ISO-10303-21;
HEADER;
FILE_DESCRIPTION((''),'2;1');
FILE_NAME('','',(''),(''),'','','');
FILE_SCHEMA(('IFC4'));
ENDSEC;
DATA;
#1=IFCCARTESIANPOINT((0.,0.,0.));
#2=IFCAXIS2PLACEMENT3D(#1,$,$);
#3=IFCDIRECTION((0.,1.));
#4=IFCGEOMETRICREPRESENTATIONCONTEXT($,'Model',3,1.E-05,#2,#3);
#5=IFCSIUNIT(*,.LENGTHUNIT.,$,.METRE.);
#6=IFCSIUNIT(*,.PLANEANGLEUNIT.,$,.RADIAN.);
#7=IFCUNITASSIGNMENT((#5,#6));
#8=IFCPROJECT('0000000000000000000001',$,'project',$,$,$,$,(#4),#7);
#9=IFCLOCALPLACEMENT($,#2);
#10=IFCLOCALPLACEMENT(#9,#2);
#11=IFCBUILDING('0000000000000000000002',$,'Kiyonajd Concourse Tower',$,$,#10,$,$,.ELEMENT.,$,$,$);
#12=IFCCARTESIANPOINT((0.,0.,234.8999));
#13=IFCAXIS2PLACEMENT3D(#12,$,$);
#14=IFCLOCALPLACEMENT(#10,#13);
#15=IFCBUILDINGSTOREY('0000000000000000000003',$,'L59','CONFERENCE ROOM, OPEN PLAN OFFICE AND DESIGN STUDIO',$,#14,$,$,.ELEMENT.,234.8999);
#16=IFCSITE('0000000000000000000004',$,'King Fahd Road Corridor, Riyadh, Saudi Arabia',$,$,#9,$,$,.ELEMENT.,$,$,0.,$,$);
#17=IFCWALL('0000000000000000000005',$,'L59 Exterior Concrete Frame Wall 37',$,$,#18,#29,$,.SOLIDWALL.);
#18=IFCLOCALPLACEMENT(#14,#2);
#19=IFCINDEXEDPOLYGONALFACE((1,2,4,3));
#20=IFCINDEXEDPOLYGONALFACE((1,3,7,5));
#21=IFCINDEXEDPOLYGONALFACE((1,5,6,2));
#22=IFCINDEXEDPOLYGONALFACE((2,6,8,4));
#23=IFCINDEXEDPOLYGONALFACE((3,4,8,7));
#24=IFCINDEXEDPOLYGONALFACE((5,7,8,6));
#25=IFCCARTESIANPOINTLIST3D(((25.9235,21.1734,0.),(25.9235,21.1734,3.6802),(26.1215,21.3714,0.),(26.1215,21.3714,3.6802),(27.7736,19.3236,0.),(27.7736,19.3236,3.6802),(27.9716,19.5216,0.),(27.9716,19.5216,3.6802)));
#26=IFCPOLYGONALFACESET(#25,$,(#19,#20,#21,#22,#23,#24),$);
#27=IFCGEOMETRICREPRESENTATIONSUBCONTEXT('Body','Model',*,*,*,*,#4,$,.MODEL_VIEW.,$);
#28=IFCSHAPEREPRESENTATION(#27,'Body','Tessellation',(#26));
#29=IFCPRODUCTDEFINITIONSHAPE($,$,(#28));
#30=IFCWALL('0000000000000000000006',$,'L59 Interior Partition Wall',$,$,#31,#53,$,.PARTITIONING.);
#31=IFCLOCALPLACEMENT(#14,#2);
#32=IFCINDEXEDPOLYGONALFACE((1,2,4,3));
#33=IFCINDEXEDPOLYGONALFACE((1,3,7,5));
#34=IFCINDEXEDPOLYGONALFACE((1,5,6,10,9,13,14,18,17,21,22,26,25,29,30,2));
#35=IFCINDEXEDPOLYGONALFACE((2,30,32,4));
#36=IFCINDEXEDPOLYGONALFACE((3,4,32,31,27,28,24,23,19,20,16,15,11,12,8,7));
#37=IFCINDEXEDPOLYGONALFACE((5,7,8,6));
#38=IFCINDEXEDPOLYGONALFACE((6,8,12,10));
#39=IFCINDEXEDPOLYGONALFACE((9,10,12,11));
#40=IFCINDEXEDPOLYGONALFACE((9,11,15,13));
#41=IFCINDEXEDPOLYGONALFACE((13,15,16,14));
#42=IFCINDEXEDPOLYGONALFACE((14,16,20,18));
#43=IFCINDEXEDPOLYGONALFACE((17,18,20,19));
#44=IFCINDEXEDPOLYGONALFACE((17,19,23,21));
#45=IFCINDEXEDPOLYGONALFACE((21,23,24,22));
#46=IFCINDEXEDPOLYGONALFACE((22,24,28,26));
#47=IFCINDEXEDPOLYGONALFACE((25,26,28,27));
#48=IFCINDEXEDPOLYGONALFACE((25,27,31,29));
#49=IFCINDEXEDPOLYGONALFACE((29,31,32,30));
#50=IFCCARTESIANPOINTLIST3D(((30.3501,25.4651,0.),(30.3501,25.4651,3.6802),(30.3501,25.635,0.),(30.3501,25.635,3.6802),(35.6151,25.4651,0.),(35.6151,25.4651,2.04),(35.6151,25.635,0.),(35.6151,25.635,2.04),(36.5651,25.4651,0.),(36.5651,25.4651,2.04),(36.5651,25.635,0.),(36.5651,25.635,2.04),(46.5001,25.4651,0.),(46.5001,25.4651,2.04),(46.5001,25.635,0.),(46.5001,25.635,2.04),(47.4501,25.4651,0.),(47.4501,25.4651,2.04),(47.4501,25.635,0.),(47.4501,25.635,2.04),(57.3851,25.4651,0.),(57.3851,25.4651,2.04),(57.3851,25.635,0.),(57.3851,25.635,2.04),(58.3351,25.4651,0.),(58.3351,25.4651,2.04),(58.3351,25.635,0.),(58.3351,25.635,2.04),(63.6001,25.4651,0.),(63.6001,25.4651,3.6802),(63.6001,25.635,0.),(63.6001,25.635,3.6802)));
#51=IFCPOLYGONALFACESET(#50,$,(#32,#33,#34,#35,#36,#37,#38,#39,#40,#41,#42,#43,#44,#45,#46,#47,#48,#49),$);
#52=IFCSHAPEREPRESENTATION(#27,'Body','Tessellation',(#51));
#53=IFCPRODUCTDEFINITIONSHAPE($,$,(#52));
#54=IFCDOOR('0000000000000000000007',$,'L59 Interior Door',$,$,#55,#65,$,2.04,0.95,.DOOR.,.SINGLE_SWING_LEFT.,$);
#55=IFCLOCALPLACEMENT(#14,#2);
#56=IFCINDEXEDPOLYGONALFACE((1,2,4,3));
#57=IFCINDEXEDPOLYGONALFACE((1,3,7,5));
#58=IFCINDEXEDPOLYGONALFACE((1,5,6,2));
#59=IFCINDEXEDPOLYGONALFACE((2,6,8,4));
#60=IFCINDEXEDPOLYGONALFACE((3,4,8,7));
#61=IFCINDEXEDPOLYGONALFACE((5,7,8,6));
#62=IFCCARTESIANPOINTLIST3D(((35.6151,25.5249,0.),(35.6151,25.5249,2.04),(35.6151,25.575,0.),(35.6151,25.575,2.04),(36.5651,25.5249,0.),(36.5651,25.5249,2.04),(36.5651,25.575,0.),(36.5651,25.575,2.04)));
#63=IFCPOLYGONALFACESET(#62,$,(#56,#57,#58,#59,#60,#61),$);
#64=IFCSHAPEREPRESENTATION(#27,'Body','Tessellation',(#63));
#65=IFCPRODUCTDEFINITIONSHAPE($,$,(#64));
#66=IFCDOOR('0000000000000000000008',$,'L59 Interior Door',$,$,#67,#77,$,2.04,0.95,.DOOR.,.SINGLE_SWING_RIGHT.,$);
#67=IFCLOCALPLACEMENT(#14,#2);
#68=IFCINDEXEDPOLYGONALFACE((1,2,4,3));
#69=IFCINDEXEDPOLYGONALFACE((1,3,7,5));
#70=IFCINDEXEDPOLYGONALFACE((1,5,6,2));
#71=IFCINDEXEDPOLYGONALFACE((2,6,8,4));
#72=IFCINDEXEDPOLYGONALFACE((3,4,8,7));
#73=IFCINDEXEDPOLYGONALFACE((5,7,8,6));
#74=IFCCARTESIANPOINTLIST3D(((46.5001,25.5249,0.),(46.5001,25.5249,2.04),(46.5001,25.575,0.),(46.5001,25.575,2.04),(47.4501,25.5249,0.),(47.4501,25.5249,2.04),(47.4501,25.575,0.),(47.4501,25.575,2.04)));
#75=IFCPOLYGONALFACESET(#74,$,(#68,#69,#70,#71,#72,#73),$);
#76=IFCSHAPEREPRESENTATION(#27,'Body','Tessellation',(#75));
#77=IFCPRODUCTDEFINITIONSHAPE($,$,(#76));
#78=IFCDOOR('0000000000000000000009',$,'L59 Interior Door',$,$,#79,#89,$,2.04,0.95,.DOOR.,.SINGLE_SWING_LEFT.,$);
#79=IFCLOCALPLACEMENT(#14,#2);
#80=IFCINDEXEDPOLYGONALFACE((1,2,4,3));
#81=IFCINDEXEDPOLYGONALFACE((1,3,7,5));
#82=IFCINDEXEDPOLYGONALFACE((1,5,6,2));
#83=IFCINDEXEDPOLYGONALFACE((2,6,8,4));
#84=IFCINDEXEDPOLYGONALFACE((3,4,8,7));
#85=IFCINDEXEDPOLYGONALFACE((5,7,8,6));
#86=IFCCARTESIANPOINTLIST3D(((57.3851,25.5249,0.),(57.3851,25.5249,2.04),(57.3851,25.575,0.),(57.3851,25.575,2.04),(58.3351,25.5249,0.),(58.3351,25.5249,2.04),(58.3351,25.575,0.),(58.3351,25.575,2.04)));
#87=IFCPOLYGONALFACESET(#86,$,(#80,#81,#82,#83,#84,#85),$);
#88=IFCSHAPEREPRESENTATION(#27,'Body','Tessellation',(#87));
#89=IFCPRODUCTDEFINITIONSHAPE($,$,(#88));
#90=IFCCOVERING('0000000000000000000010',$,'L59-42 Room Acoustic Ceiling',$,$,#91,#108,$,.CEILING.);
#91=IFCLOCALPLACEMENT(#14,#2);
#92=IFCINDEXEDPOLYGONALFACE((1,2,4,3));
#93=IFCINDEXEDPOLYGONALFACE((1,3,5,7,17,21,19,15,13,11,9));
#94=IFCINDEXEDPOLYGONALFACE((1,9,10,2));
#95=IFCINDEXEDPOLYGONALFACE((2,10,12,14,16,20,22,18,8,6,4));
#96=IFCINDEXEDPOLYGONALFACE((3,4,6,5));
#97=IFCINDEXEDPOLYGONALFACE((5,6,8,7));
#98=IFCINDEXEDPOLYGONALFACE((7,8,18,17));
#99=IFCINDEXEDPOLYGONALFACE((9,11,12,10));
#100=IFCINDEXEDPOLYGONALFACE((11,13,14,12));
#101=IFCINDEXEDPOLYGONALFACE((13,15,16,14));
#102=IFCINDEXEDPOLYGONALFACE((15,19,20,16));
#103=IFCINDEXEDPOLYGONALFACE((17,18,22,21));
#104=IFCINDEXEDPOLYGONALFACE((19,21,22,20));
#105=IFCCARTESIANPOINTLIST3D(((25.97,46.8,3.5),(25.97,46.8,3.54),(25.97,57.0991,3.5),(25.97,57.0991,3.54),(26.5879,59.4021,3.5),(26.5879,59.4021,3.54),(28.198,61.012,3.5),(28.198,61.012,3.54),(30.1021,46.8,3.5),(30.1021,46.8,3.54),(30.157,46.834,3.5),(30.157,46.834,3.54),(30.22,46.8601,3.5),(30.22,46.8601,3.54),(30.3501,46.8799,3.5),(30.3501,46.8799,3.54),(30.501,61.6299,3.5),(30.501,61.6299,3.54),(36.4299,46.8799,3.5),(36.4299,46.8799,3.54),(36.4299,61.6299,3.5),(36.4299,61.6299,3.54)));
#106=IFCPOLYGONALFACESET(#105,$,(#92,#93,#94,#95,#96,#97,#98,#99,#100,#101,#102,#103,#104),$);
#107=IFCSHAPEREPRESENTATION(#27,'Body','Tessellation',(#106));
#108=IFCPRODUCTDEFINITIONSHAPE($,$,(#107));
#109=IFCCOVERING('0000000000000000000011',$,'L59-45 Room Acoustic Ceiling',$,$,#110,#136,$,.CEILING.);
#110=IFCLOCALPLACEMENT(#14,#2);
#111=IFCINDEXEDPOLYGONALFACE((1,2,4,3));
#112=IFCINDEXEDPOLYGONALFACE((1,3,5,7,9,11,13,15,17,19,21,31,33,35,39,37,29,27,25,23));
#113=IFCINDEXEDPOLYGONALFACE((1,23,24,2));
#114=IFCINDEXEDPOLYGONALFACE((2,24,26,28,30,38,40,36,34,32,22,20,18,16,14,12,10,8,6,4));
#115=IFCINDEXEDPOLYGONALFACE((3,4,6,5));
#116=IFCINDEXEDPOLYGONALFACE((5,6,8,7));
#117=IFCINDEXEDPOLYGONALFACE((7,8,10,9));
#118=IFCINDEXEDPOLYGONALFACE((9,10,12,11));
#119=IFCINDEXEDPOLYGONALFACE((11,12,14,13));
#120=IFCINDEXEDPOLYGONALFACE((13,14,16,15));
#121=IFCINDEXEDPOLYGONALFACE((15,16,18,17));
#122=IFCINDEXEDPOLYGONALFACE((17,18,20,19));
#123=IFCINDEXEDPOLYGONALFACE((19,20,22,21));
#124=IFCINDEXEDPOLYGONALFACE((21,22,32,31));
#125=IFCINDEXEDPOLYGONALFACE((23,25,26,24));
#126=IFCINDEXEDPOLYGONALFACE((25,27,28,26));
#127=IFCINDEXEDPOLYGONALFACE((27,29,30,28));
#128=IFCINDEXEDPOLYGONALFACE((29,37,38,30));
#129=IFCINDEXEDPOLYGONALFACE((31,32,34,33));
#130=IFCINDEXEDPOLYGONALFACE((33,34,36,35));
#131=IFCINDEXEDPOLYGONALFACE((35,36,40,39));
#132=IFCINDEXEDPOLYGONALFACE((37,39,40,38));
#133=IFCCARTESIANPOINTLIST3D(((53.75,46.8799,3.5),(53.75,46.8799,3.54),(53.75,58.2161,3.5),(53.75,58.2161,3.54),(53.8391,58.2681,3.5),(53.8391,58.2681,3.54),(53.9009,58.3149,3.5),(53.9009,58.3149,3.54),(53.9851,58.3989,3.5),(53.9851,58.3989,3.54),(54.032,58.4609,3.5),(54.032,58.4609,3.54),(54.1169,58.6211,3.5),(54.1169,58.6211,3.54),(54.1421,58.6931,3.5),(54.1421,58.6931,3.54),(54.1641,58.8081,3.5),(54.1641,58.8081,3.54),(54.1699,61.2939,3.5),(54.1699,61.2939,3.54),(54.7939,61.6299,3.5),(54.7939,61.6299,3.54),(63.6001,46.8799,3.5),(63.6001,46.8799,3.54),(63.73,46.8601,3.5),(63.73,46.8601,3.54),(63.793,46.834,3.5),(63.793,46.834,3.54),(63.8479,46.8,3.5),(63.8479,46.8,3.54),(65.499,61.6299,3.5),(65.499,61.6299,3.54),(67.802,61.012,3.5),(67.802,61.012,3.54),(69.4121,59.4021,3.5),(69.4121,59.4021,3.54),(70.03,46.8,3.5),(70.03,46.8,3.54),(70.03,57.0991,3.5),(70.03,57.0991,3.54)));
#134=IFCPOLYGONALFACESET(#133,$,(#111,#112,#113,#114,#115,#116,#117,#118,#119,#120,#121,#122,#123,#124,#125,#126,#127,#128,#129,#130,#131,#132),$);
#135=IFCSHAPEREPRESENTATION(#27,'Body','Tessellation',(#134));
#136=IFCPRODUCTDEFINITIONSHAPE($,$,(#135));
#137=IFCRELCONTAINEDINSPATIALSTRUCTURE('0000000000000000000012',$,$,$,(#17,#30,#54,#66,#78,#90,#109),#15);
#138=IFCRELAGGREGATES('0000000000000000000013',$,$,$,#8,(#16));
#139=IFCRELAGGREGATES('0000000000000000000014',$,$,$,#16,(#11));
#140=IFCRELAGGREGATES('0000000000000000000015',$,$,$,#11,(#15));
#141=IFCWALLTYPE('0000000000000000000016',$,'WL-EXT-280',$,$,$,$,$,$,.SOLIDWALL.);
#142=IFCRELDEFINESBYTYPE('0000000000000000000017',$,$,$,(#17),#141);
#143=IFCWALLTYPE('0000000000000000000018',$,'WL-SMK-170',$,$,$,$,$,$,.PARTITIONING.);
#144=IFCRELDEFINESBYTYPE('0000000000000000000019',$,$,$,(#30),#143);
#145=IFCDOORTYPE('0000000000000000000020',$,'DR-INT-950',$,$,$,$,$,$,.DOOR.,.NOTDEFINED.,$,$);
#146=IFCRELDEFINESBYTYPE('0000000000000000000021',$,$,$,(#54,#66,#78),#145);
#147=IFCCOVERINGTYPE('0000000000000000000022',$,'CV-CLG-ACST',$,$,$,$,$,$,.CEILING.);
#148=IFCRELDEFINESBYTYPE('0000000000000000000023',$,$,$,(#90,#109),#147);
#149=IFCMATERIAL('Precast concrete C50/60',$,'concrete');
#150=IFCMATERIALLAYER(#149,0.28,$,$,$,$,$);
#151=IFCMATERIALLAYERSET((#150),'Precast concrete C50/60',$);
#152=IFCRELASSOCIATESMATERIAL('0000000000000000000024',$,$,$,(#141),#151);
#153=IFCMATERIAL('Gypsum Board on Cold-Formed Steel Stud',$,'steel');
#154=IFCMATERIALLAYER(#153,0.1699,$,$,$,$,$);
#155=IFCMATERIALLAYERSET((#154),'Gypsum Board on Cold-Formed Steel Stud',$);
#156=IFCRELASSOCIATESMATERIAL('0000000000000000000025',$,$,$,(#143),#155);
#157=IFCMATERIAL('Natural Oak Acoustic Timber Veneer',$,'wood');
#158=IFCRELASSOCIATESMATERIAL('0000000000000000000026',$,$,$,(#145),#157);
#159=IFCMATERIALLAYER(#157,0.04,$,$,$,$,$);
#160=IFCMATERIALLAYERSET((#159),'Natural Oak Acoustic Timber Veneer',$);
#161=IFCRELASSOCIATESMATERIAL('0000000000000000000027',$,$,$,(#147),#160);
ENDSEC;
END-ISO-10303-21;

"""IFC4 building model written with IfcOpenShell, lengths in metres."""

from ifc_helpers import new_model, si_unit, direction, frame, frame_2d, origin, place, context, subcontext, project, spatial, polyline, rectangle, outline, extrude, material, layer, layer_set, type_object, element, fill, save


model = new_model("IFC4")

# Units and contexts
model_context = context("Model", 3, precision=1e-05, world=origin(), true_north=direction((0.0, 1.0)))
body_context = subcontext(model_context, "Body", "Model", "MODEL_VIEW")
ifc_project = project(units=[si_unit("LENGTHUNIT", "METRE"), si_unit("PLANEANGLEUNIT", "RADIAN")], contexts=[model_context])

# Site, building, storey
site_placement = place(None, origin())
site = spatial("IfcSite", under=ifc_project, at=site_placement, Name="King Fahd Road Corridor, Riyadh, Saudi Arabia", CompositionType="ELEMENT", RefElevation=0.0)
building_placement = place(site_placement, origin())
building = spatial("IfcBuilding", under=site, at=building_placement, Name="Kiyonajd Concourse Tower", CompositionType="ELEMENT")
storey_placement = place(building_placement, frame((0.0, 0.0, 234.8999)))
storey = spatial("IfcBuildingStorey", under=building, at=storey_placement, Name="L59", Description="CONFERENCE ROOM, OPEN PLAN OFFICE AND DESIGN STUDIO", CompositionType="ELEMENT", Elevation=234.8999)

# Shared definitions
ifc_material_1 = material(Name="Precast concrete C50/60", Category="concrete")

# Wall
ifc_layer_1 = layer(ifc_material_1, 0.28)
ifc_layer_set_1 = layer_set([ifc_layer_1], Name="Precast concrete C50/60")
wall_type_1 = type_object("IfcWallType", Name="WL-EXT-280", PredefinedType="SOLIDWALL", material=ifc_layer_set_1)
wall_1_placement = place(storey_placement, frame((27.8726, 19.4226, 0.0), z_axis=(0.0, 0.0, 1.0), x_axis=(-0.707153, 0.70706, 0.0)))
element("IfcWall", 1, at=wall_1_placement, inside=storey, type_object=wall_type_1, Name="L59 Exterior Concrete Frame Wall 37", PredefinedType="SOLIDWALL", context=body_context, shape_type="SweptSolid", body=[
    extrude(rectangle(XDim=2.6162, YDim=0.28, at=frame_2d((1.3081, 0.0))), origin(), (0.0, 0.0, 1.0), 3.6802),
])

# Wall, openings, doors
ifc_material_2 = material(Name="Gypsum Board on Cold-Formed Steel Stud", Category="steel")
ifc_layer_2 = layer(ifc_material_2, 0.1699)
ifc_layer_set_2 = layer_set([ifc_layer_2], Name="Gypsum Board on Cold-Formed Steel Stud")
wall_type_2 = type_object("IfcWallType", Name="WL-SMK-170", PredefinedType="PARTITIONING", material=ifc_layer_set_2)
wall_2_placement = place(storey_placement, frame((30.3501, 25.55, 0.0), z_axis=(0.0, 0.0, 1.0), x_axis=(1.0, 0.0, 0.0)))
wall_2 = element("IfcWall", 2, at=wall_2_placement, inside=storey, type_object=wall_type_2, Name="L59 Interior Partition Wall", PredefinedType="PARTITIONING", context=body_context, shape_type="SweptSolid", body=[
    extrude(rectangle(XDim=33.25, YDim=0.1699, at=frame_2d((16.625, 0.0))), origin(), (0.0, 0.0, 1.0), 3.6802),
])
opening_1_placement = place(wall_2_placement, frame((5.2649, 0.0, 0.0)))
opening_1 = element("IfcOpeningElement", 3, at=opening_1_placement, cuts=wall_2, PredefinedType="OPENING", context=body_context, shape_type="SweptSolid", body=[
    extrude(rectangle(XDim=0.95, YDim=2.04, at=frame_2d((0.4751, 1.02))), frame((0.0, 0.095, 0.0), z_axis=(0.0, -1.0, 0.0), x_axis=(1.0, 0.0, 0.0)), (0.0, 0.0, 1.0), 0.1899),
])
opening_2_placement = place(wall_2_placement, frame((16.1499, 0.0, 0.0)))
opening_2 = element("IfcOpeningElement", 4, at=opening_2_placement, cuts=wall_2, PredefinedType="OPENING", context=body_context, shape_type="SweptSolid", body=[
    extrude(rectangle(XDim=0.95, YDim=2.04, at=frame_2d((0.4751, 1.02))), frame((0.0, 0.095, 0.0), z_axis=(0.0, -1.0, 0.0), x_axis=(1.0, 0.0, 0.0)), (0.0, 0.0, 1.0), 0.1899),
])
opening_3_placement = place(wall_2_placement, frame((27.0349, 0.0, 0.0)))
opening_3 = element("IfcOpeningElement", 5, at=opening_3_placement, cuts=wall_2, PredefinedType="OPENING", context=body_context, shape_type="SweptSolid", body=[
    extrude(rectangle(XDim=0.95, YDim=2.04, at=frame_2d((0.4751, 1.02))), frame((0.0, 0.095, 0.0), z_axis=(0.0, -1.0, 0.0), x_axis=(1.0, 0.0, 0.0)), (0.0, 0.0, 1.0), 0.1899),
])
ifc_material_3 = material(Name="Natural Oak Acoustic Timber Veneer", Category="wood")
door_type = type_object("IfcDoorType", Name="DR-INT-950", OperationType="NOTDEFINED", PredefinedType="DOOR", material=ifc_material_3)
door_1_placement = place(opening_1_placement, origin())
door_1 = element("IfcDoor", 6, at=door_1_placement, inside=storey, type_object=door_type, Name="L59 Interior Door", OperationType="SINGLE_SWING_LEFT", OverallHeight=2.04, OverallWidth=0.95, PredefinedType="DOOR", context=body_context, shape_type="SweptSolid", body=[
    extrude(rectangle(XDim=0.95, YDim=2.04, at=frame_2d((0.4751, 1.02))), frame((0.0, 0.0249, 0.0), z_axis=(0.0, -1.0, 0.0), x_axis=(1.0, 0.0, 0.0)), (0.0, 0.0, 1.0), 0.05),
])
fill(opening_1, door_1)
door_2_placement = place(opening_2_placement, origin())
door_2 = element("IfcDoor", 7, at=door_2_placement, inside=storey, type_object=door_type, Name="L59 Interior Door", OperationType="SINGLE_SWING_RIGHT", OverallHeight=2.04, OverallWidth=0.95, PredefinedType="DOOR", context=body_context, shape_type="SweptSolid", body=[
    extrude(rectangle(XDim=0.95, YDim=2.04, at=frame_2d((0.4751, 1.02))), frame((0.0, 0.0249, 0.0), z_axis=(0.0, -1.0, 0.0), x_axis=(1.0, 0.0, 0.0)), (0.0, 0.0, 1.0), 0.05),
])
fill(opening_2, door_2)
door_3_placement = place(opening_3_placement, origin())
door_3 = element("IfcDoor", 8, at=door_3_placement, inside=storey, type_object=door_type, Name="L59 Interior Door", OperationType="SINGLE_SWING_LEFT", OverallHeight=2.04, OverallWidth=0.95, PredefinedType="DOOR", context=body_context, shape_type="SweptSolid", body=[
    extrude(rectangle(XDim=0.95, YDim=2.04, at=frame_2d((0.4751, 1.02))), frame((0.0, 0.0249, 0.0), z_axis=(0.0, -1.0, 0.0), x_axis=(1.0, 0.0, 0.0)), (0.0, 0.0, 1.0), 0.05),
])
fill(opening_3, door_3)

# Coverings
ifc_layer_3 = layer(ifc_material_3, 0.04)
ifc_layer_set_3 = layer_set([ifc_layer_3], Name="Natural Oak Acoustic Timber Veneer")
covering_type = type_object("IfcCoveringType", Name="CV-CLG-ACST", PredefinedType="CEILING", material=ifc_layer_set_3)
covering_1_placement = place(storey_placement, frame((0.0, 0.0, 3.5)))
element("IfcCovering", 9, at=covering_1_placement, inside=storey, type_object=covering_type, Name="L59-42 Room Acoustic Ceiling", PredefinedType="CEILING", context=body_context, shape_type="SweptSolid", body=[
    extrude(outline(polyline([(28.198, 61.012), (30.501, 61.6299), (36.4299, 61.6299), (36.4299, 46.8799), (30.3501, 46.8799), (30.22, 46.8601), (30.157, 46.834), (30.1021, 46.8), (25.97, 46.8), (25.97, 57.0991), (26.5879, 59.4021), (28.198, 61.012)])), origin(), (0.0, 0.0, 1.0), 0.04),
])
covering_2_placement = place(storey_placement, frame((0.0, 0.0, 3.5)))
element("IfcCovering", 10, at=covering_2_placement, inside=storey, type_object=covering_type, Name="L59-45 Room Acoustic Ceiling", PredefinedType="CEILING", context=body_context, shape_type="SweptSolid", body=[
    extrude(outline(polyline([(53.75, 58.2161), (53.8391, 58.2681), (53.9009, 58.3149), (53.9851, 58.3989), (54.032, 58.4609), (54.1169, 58.6211), (54.1421, 58.6931), (54.1641, 58.8081), (54.1699, 61.2939), (54.7939, 61.6299), (65.499, 61.6299), (67.802, 61.012), (69.4121, 59.4021), (70.03, 57.0991), (70.03, 46.8), (63.8479, 46.8), (63.793, 46.834), (63.73, 46.8601), (63.6001, 46.8799), (53.75, 46.8799), (53.75, 58.2161)])), origin(), (0.0, 0.0, 1.0), 0.04),
])

save(model, "model.ifc")
